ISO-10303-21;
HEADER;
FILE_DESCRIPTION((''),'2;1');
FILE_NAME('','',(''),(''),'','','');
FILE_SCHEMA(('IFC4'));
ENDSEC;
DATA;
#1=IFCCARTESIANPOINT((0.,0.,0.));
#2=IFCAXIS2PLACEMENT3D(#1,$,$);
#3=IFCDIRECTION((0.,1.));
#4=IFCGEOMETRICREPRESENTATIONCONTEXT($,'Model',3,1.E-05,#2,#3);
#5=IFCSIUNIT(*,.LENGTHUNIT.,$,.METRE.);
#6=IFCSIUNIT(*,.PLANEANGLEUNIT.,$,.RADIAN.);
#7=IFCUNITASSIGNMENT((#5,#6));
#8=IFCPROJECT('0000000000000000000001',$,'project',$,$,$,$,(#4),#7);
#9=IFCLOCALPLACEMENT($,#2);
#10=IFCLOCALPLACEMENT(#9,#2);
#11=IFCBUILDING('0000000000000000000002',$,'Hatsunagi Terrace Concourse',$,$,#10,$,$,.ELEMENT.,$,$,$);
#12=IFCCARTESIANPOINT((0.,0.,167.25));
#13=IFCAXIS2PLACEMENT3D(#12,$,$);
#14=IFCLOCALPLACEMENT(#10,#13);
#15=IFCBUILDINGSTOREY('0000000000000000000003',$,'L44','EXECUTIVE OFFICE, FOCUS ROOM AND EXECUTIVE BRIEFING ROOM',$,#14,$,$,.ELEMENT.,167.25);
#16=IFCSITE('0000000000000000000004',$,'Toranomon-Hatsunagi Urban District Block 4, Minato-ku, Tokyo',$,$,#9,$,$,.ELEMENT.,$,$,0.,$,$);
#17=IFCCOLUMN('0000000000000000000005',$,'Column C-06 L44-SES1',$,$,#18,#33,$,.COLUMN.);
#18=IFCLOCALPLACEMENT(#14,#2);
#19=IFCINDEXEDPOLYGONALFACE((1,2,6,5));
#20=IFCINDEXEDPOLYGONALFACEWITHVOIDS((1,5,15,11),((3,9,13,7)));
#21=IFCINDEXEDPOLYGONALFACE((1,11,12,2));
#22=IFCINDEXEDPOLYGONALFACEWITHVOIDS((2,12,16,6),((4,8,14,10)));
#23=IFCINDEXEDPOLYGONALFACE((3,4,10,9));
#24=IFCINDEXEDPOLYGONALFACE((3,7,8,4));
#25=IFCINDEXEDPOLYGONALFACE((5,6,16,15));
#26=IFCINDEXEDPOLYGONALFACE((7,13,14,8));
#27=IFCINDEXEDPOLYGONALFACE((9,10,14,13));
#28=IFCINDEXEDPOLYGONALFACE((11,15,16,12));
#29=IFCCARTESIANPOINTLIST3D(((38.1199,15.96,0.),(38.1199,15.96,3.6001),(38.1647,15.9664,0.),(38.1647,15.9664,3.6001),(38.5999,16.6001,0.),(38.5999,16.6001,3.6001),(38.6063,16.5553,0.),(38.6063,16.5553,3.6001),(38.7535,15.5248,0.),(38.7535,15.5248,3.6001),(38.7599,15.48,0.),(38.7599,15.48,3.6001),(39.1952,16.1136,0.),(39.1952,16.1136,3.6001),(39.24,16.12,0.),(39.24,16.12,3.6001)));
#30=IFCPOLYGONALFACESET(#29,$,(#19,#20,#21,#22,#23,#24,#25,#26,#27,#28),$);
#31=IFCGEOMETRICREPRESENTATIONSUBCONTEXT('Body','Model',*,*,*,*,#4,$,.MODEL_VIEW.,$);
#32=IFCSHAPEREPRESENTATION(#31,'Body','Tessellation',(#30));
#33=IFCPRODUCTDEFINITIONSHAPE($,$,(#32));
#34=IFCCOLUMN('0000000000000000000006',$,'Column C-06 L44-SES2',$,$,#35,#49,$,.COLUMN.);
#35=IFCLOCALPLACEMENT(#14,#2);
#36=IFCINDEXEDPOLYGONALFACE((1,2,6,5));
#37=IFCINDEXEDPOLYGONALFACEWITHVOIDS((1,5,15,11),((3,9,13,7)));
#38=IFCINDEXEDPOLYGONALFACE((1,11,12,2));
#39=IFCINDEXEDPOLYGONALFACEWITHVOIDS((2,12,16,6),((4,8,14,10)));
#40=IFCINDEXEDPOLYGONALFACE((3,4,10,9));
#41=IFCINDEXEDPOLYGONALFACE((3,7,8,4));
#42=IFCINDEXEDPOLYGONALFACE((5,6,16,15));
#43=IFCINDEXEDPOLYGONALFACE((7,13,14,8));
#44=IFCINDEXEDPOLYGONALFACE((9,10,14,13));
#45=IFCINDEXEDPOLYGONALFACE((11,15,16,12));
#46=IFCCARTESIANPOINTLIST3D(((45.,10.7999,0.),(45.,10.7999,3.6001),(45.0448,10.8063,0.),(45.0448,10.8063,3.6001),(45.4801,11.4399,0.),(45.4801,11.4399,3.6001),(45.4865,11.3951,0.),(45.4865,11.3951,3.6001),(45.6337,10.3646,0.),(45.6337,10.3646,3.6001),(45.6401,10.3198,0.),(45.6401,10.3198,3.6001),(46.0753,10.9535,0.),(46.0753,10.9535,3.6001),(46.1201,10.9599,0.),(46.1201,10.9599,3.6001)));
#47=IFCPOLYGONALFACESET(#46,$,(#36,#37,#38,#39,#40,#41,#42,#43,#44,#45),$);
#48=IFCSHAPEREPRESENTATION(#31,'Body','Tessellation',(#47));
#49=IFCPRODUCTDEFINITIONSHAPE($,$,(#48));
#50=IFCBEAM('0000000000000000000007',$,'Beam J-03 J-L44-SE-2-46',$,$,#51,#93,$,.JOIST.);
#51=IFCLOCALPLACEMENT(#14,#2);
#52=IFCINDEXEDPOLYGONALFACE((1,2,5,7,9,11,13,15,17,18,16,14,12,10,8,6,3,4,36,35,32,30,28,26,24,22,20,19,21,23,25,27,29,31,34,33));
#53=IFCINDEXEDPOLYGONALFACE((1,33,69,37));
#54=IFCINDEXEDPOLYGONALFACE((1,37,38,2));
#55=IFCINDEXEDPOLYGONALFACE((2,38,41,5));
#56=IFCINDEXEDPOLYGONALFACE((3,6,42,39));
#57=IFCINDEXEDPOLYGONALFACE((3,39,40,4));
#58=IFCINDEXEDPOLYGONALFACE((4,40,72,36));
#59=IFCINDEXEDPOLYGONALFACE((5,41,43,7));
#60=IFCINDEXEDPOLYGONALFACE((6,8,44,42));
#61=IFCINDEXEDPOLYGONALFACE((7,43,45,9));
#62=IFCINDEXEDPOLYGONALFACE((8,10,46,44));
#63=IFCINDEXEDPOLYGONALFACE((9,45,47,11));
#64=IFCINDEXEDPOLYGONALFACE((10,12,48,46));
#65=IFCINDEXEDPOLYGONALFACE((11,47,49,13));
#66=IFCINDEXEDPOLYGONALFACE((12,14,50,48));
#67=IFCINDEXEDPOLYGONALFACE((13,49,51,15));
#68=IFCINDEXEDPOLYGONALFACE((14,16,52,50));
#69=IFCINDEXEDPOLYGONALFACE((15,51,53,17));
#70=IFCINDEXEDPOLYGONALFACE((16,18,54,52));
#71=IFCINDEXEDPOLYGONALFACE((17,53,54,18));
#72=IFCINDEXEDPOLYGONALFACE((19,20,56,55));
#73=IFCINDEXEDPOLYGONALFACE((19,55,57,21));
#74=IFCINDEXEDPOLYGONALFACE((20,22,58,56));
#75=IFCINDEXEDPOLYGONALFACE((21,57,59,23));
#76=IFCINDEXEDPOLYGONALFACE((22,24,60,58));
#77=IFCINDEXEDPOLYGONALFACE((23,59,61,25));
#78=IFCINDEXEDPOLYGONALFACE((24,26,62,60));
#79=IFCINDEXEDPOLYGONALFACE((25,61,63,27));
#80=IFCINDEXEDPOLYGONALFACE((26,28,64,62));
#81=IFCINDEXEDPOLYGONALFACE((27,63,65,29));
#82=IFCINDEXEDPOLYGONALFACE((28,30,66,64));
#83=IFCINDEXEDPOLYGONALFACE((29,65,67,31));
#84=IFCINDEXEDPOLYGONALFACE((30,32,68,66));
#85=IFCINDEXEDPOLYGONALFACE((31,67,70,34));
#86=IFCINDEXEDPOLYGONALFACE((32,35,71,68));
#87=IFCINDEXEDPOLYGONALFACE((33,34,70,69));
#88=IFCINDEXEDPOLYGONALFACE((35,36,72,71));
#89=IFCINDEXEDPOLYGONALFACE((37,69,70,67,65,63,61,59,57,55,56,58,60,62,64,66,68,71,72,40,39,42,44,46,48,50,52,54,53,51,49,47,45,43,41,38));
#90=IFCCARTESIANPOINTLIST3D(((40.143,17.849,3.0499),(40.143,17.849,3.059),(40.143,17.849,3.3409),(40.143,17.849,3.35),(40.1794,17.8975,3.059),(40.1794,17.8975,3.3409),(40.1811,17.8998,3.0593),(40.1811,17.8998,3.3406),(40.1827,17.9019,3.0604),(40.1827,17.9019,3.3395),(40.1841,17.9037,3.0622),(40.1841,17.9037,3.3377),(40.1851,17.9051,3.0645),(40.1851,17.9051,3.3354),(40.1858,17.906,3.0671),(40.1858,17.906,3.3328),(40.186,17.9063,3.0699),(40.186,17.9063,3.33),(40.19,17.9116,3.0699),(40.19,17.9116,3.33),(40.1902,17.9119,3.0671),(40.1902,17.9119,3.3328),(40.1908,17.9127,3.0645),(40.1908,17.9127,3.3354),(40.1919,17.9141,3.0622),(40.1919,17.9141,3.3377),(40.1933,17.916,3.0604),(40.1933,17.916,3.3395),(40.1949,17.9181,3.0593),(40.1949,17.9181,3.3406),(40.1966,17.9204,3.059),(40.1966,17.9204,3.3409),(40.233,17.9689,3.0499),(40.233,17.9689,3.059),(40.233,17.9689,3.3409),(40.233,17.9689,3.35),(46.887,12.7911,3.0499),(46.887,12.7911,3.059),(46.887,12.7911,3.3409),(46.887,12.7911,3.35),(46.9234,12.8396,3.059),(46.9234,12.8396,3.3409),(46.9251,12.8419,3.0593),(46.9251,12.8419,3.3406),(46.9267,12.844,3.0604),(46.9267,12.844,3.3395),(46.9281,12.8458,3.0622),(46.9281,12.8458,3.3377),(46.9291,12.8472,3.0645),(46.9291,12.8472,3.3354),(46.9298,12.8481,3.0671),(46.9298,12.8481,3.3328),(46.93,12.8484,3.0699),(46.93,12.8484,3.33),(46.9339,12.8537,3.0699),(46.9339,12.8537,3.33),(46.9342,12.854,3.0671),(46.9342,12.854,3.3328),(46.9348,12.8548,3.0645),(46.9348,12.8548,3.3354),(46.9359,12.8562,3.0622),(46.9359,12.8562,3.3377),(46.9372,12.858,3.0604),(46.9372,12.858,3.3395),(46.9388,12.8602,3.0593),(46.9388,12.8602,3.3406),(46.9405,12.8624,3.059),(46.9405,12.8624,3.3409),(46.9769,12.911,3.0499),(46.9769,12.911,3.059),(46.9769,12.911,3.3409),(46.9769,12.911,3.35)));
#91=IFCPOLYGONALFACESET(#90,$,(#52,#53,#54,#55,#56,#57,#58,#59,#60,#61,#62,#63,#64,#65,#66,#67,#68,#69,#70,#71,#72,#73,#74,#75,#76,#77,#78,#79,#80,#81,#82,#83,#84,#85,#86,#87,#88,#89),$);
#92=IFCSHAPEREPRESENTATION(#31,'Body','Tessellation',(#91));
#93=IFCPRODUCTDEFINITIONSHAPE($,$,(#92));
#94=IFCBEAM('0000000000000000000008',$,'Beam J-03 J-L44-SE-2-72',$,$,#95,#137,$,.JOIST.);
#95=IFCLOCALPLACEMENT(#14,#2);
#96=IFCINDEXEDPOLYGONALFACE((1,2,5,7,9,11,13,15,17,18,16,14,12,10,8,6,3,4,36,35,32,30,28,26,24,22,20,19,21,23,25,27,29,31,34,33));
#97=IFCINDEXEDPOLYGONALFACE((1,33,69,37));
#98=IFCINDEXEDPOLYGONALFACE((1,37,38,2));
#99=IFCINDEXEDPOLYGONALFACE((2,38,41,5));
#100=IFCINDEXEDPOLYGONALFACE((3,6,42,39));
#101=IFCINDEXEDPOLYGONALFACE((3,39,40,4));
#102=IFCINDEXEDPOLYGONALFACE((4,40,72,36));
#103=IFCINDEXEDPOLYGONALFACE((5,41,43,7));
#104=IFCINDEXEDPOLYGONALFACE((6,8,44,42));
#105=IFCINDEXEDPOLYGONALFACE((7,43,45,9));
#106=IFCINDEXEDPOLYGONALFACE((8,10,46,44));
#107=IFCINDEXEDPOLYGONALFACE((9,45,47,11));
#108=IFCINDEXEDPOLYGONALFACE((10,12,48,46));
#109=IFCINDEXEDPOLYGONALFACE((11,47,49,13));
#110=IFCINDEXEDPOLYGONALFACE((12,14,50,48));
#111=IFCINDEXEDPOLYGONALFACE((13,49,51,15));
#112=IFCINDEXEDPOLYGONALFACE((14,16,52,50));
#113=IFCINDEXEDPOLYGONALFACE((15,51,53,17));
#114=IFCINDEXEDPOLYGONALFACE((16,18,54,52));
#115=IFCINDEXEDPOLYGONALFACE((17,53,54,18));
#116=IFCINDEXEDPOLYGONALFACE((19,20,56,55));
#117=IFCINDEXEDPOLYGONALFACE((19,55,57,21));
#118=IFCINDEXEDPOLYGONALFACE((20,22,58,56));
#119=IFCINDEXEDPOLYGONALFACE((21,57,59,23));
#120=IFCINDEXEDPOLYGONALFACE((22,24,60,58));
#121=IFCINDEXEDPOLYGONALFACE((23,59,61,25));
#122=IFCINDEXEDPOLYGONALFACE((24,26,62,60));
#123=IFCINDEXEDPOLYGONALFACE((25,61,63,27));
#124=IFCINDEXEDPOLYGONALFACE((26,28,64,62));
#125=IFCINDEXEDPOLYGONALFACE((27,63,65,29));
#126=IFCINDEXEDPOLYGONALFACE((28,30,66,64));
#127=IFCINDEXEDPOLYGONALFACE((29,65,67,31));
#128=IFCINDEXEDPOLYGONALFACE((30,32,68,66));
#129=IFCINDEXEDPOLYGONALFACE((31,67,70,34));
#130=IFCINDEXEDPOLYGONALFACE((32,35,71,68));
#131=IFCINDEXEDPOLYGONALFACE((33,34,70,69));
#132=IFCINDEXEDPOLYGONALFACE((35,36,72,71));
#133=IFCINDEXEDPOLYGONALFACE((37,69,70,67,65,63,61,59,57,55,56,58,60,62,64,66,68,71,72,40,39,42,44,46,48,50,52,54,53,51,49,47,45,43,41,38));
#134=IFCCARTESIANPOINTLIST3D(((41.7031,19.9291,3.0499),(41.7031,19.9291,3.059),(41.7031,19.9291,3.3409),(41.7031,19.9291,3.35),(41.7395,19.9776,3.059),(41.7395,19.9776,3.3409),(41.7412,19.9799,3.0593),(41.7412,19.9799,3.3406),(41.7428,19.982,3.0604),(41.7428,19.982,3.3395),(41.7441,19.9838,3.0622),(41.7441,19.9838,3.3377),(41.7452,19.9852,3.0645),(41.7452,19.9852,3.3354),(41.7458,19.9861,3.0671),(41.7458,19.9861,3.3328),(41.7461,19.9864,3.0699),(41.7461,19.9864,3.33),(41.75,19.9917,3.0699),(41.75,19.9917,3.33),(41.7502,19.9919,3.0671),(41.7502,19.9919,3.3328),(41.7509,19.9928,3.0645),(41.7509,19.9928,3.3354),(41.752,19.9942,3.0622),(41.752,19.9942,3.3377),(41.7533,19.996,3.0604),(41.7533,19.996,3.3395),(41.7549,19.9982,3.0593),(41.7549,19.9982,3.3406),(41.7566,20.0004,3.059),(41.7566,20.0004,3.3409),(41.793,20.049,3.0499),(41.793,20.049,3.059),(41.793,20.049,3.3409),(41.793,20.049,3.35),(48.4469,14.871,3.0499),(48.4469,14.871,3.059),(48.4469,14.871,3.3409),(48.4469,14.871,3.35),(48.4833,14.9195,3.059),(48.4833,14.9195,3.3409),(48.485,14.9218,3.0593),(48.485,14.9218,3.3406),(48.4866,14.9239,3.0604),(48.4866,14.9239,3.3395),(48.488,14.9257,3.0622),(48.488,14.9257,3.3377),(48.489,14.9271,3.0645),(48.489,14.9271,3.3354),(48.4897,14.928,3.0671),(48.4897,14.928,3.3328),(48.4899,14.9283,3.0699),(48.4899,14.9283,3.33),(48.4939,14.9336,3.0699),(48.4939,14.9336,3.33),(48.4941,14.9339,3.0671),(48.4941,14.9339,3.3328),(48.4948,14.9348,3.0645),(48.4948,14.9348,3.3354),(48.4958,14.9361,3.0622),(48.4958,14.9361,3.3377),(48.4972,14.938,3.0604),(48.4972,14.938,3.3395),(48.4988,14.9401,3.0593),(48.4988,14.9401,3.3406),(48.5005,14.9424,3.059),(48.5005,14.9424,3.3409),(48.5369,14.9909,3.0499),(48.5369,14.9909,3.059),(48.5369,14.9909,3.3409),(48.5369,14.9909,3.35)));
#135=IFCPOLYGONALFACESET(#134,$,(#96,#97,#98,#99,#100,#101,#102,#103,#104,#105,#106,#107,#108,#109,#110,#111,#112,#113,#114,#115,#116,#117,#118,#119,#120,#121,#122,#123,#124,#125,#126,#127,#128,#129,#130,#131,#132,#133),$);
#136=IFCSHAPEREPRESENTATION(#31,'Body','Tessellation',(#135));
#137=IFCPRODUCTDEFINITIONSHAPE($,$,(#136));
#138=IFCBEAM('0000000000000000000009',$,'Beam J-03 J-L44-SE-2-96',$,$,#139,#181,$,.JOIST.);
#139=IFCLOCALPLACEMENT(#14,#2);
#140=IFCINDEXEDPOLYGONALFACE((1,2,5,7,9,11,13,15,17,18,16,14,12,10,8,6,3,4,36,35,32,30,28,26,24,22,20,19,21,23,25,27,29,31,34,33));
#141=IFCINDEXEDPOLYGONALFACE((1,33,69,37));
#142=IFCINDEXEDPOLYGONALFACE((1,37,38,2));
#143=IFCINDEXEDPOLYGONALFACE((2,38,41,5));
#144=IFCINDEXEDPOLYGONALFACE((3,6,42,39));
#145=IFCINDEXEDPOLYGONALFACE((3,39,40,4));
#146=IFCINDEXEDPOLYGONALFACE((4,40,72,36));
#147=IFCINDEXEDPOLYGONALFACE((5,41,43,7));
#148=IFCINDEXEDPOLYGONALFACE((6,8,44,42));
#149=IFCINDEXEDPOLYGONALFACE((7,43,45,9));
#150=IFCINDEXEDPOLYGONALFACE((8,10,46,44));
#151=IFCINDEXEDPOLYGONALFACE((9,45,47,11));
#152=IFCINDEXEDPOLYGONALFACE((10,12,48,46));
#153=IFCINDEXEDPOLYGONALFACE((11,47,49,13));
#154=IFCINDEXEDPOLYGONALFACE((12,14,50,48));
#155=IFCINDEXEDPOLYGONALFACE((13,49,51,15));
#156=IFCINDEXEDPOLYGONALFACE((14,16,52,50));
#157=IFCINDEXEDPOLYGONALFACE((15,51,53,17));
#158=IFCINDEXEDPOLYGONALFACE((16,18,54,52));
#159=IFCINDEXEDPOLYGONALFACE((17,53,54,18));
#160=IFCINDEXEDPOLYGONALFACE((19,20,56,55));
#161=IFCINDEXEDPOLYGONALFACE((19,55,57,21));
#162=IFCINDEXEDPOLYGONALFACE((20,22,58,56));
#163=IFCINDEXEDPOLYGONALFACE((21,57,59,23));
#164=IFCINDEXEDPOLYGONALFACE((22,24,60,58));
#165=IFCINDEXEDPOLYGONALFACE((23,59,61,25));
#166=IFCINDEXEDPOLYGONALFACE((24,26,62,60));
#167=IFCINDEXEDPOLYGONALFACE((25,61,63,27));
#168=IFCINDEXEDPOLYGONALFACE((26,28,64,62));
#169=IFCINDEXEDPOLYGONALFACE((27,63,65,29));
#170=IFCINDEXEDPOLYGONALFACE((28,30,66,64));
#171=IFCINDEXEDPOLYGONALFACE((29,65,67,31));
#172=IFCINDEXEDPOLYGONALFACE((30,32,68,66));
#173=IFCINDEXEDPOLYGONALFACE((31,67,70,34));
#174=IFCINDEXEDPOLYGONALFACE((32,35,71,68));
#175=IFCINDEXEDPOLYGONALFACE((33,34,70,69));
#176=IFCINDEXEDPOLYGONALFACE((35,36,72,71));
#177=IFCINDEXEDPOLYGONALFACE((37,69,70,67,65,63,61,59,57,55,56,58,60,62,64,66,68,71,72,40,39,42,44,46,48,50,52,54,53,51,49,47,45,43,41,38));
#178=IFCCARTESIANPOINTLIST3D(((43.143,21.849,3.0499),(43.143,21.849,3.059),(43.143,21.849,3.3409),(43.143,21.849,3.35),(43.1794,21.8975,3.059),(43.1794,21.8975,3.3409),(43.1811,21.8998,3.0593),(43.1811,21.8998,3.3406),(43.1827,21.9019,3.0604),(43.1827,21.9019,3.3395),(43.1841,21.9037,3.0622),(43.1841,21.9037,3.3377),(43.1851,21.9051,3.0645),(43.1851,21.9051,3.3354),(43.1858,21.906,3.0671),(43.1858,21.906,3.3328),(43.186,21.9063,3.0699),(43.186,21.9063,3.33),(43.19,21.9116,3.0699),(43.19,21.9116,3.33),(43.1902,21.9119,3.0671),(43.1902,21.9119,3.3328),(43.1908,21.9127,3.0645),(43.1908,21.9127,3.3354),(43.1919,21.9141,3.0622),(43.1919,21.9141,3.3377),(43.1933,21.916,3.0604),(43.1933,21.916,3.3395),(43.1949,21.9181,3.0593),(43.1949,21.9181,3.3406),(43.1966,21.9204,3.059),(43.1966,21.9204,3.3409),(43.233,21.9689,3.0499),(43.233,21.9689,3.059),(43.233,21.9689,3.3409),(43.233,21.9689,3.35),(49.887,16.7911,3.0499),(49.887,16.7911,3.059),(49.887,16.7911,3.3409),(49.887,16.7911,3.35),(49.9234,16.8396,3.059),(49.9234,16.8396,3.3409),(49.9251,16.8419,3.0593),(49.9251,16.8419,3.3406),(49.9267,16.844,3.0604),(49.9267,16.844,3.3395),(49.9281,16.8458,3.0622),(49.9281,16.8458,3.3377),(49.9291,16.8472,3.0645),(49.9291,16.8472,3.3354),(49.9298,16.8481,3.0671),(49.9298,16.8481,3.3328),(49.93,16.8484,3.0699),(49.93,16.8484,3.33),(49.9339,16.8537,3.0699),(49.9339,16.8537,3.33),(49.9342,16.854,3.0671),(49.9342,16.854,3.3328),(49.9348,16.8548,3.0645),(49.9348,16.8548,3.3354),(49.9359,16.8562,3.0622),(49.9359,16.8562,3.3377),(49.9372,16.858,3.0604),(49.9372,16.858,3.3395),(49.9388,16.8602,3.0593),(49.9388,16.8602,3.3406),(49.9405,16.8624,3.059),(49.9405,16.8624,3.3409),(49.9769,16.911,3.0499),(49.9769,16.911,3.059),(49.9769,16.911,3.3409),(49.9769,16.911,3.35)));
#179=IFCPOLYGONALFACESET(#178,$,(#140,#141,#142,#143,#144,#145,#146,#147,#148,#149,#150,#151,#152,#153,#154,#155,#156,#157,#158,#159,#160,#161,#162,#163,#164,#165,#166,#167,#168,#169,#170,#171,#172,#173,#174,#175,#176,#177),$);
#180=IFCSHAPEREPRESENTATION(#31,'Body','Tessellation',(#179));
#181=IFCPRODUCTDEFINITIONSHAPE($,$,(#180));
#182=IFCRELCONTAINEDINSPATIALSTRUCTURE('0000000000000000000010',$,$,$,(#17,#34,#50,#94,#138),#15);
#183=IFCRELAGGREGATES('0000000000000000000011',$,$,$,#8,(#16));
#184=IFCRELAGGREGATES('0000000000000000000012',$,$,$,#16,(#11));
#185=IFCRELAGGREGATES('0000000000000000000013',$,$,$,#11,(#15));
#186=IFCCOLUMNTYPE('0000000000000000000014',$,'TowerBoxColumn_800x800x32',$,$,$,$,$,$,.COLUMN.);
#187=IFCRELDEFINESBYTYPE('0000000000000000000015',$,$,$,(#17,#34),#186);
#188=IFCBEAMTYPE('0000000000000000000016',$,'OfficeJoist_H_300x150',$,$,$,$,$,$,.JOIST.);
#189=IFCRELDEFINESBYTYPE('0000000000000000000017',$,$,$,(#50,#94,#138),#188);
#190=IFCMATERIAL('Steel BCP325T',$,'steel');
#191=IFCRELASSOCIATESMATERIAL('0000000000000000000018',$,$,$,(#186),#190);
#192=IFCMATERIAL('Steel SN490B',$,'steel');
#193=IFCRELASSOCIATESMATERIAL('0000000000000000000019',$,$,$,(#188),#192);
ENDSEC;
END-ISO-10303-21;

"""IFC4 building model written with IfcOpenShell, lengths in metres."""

from ifc_helpers import new_model, si_unit, direction, frame, origin, origin_2d, place, context, subcontext, project, spatial, hollow_rectangle, i_section, extrude, material, material_profile, profile_set, type_object, element, save


model = new_model("IFC4")

# Units and contexts
model_context = context("Model", 3, precision=1e-05, world=origin(), true_north=direction((0.0, 1.0)))
body_context = subcontext(model_context, "Body", "Model", "MODEL_VIEW")
ifc_project = project(units=[si_unit("LENGTHUNIT", "METRE"), si_unit("PLANEANGLEUNIT", "RADIAN")], contexts=[model_context])

# Site, building, storey
site_placement = place(None, origin())
site = spatial("IfcSite", under=ifc_project, at=site_placement, Name="Toranomon-Hatsunagi Urban District Block 4, Minato-ku, Tokyo", CompositionType="ELEMENT", RefElevation=0.0)
building_placement = place(site_placement, origin())
building = spatial("IfcBuilding", under=site, at=building_placement, Name="Hatsunagi Terrace Concourse", CompositionType="ELEMENT")
storey_placement = place(building_placement, frame((0.0, 0.0, 167.25)))
storey = spatial("IfcBuildingStorey", under=building, at=storey_placement, Name="L44", Description="EXECUTIVE OFFICE, FOCUS ROOM AND EXECUTIVE BRIEFING ROOM", CompositionType="ELEMENT", Elevation=167.25)

# Columns
ifc_material_1 = material(Name="Steel BCP325T", Category="steel")
ifc_material_profile_1 = material_profile(ifc_material_1, hollow_rectangle(XDim=0.8, YDim=0.8, WallThickness=0.032, at=origin_2d()), Name="BCP-800x800x32")
ifc_profile_set_1 = profile_set([ifc_material_profile_1], Name="Steel BCP325T")
column_type = type_object("IfcColumnType", Name="TowerBoxColumn_800x800x32", PredefinedType="COLUMN", material=ifc_profile_set_1)
for number, where, z_axis, x_axis, name in (
    (1, (38.6799, 16.04, 0.0), (0.0, 0.0, 1.0), (0.8, -0.6, 0.0), "Column C-06 L44-SES1"),
    (2, (45.5601, 10.8799, 0.0), (0.0, 0.0, 1.0), (0.8, -0.6, 0.0), "Column C-06 L44-SES2"),
):
    element("IfcColumn", number, at=place(storey_placement, frame(where, z_axis=z_axis, x_axis=x_axis)), inside=storey, type_object=column_type, Name=name, PredefinedType="COLUMN", context=body_context, shape_type="SweptSolid", body=[
        extrude(hollow_rectangle(XDim=0.8, YDim=0.8, WallThickness=0.032, at=origin_2d()), origin(), (0.0, 0.0, 1.0), 3.6001),
    ])

# Beams
ifc_material_2 = material(Name="Steel SN490B", Category="steel")
ifc_material_profile_2 = material_profile(ifc_material_2, i_section(OverallWidth=0.1499, OverallDepth=0.3, WebThickness=0.0066, FlangeThickness=0.009, FilletRadius=0.011, at=origin_2d()), Name="H-300x150x6.5x9")
ifc_profile_set_2 = profile_set([ifc_material_profile_2], Name="Steel SN490B")
beam_type_1 = type_object("IfcBeamType", Name="OfficeJoist_H_300x150", PredefinedType="JOIST", material=ifc_profile_set_2)
for number, where, z_axis, x_axis, name in (
    (3, (40.188, 17.9089, 3.2), (0.800003, -0.599995, 0.0), (0.599995, 0.800003, 0.0), "Beam J-03 J-L44-SE-2-46"),
    (4, (41.748, 19.989, 3.2), (0.79999, -0.600014, 0.0), (0.600014, 0.79999, 0.0), "Beam J-03 J-L44-SE-2-72"),
    (5, (43.188, 21.9089, 3.2), (0.800003, -0.599995, 0.0), (0.599995, 0.800003, 0.0), "Beam J-03 J-L44-SE-2-96"),
):
    element("IfcBeam", number, at=place(storey_placement, frame(where, z_axis=z_axis, x_axis=x_axis)), inside=storey, type_object=beam_type_1, Name=name, PredefinedType="JOIST", context=body_context, shape_type="SweptSolid", body=[
        extrude(i_section(OverallWidth=0.1499, OverallDepth=0.3, WebThickness=0.0066, FlangeThickness=0.009, FilletRadius=0.011, at=origin_2d()), origin(), (0.0, 0.0, 1.0), 8.4299),
    ])

save(model, "model.ifc")
